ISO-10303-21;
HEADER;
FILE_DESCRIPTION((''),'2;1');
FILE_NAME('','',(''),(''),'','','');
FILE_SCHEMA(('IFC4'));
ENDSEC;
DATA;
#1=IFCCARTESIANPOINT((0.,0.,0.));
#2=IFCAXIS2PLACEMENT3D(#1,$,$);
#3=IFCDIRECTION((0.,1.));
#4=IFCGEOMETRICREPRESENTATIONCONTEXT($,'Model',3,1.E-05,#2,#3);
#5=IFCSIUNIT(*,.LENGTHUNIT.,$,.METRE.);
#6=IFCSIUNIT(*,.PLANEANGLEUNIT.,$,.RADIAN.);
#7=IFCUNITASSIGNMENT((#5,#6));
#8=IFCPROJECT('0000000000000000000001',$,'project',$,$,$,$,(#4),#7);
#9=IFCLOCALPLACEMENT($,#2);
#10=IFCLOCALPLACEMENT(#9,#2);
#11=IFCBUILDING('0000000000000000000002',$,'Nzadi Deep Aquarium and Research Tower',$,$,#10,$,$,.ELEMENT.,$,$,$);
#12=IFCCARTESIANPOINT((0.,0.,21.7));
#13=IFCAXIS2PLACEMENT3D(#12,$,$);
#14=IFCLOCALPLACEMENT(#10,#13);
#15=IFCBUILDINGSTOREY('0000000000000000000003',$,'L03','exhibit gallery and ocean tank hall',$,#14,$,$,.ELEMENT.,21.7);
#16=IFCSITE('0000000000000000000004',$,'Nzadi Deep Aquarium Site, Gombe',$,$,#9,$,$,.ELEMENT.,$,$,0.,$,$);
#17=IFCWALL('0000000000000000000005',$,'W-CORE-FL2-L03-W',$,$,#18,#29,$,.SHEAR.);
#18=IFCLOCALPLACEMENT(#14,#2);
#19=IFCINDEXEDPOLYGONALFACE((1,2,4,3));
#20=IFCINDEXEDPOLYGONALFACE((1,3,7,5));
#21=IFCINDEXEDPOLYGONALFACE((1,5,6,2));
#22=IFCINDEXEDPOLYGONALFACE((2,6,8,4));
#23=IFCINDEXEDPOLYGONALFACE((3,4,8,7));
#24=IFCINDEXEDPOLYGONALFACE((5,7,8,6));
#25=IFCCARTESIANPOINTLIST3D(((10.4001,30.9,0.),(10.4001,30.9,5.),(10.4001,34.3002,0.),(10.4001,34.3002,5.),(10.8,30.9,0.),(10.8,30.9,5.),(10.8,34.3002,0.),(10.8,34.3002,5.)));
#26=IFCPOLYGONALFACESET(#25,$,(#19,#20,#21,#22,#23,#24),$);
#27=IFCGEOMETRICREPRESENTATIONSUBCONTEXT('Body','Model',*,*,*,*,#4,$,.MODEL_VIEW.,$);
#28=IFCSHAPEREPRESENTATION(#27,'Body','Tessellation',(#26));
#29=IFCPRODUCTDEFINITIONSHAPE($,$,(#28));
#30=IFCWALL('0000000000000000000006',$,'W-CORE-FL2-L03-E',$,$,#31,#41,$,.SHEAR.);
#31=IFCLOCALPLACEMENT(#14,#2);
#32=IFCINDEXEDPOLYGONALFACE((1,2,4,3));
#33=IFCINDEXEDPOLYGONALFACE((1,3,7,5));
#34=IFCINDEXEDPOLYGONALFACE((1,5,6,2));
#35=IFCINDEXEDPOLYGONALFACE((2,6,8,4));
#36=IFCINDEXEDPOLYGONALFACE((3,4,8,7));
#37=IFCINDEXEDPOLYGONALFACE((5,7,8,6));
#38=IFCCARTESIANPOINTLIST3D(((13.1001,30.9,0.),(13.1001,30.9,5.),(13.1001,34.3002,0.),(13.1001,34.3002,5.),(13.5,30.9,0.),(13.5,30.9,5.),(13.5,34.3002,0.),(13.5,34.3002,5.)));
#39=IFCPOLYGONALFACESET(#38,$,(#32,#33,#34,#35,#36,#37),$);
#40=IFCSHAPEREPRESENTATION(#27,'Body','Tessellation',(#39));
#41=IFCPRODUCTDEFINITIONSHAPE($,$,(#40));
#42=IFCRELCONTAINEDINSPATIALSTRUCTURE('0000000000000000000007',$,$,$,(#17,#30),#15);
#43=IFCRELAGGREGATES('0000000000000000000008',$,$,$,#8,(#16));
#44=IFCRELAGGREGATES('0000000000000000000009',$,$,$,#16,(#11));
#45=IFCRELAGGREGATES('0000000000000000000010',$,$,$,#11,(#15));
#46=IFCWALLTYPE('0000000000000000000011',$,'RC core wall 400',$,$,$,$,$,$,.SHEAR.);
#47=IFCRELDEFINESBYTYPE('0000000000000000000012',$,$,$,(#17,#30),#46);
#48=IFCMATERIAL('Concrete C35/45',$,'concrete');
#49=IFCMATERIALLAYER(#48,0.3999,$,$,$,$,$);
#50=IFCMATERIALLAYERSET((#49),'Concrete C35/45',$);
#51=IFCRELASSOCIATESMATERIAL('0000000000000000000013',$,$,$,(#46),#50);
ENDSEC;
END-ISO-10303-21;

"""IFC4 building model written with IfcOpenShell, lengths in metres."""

from ifc_helpers import new_model, si_unit, direction, frame, frame_2d, origin, place, context, subcontext, project, spatial, rectangle, extrude, material, layer, layer_set, type_object, element, save


model = new_model("IFC4")

# Units and contexts
model_context = context("Model", 3, precision=1e-05, world=origin(), true_north=direction((0.0, 1.0)))
body_context = subcontext(model_context, "Body", "Model", "MODEL_VIEW")
ifc_project = project(units=[si_unit("LENGTHUNIT", "METRE"), si_unit("PLANEANGLEUNIT", "RADIAN")], contexts=[model_context])

# Site, building, storey
site_placement = place(None, origin())
site = spatial("IfcSite", under=ifc_project, at=site_placement, Name="Nzadi Deep Aquarium Site, Gombe", CompositionType="ELEMENT", RefElevation=0.0)
building_placement = place(site_placement, origin())
building = spatial("IfcBuilding", under=site, at=building_placement, Name="Nzadi Deep Aquarium and Research Tower", CompositionType="ELEMENT")
storey_placement = place(building_placement, frame((0.0, 0.0, 21.7)))
storey = spatial("IfcBuildingStorey", under=building, at=storey_placement, Name="L03", Description="exhibit gallery and ocean tank hall", CompositionType="ELEMENT", Elevation=21.7)

# Shared definitions
ifc_material_1 = material(Name="Concrete C35/45", Category="concrete")
ifc_layer_1 = layer(ifc_material_1, 0.3999)
ifc_layer_set_1 = layer_set([ifc_layer_1], Name="Concrete C35/45")
wall_type_1 = type_object("IfcWallType", Name="RC core wall 400", PredefinedType="SHEAR", material=ifc_layer_set_1)

# Walls
for number, where, z_axis, x_axis, name in (
    (1, (10.6001, 30.8999, 0.0), (0.0, 0.0, 1.0), (0.0, 1.0, 0.0), "W-CORE-FL2-L03-W"),
    (2, (13.3, 30.8999, 0.0), (0.0, 0.0, 1.0), (0.0, 1.0, 0.0), "W-CORE-FL2-L03-E"),
):
    element("IfcWall", number, at=place(storey_placement, frame(where, z_axis=z_axis, x_axis=x_axis)), inside=storey, type_object=wall_type_1, Name=name, PredefinedType="SHEAR", context=body_context, shape_type="SweptSolid", body=[
        extrude(rectangle(XDim=3.4001, YDim=0.3999, at=frame_2d((1.7002, 0.0))), origin(), (0.0, 0.0, 1.0), 5.0),
    ])

save(model, "model.ifc")
